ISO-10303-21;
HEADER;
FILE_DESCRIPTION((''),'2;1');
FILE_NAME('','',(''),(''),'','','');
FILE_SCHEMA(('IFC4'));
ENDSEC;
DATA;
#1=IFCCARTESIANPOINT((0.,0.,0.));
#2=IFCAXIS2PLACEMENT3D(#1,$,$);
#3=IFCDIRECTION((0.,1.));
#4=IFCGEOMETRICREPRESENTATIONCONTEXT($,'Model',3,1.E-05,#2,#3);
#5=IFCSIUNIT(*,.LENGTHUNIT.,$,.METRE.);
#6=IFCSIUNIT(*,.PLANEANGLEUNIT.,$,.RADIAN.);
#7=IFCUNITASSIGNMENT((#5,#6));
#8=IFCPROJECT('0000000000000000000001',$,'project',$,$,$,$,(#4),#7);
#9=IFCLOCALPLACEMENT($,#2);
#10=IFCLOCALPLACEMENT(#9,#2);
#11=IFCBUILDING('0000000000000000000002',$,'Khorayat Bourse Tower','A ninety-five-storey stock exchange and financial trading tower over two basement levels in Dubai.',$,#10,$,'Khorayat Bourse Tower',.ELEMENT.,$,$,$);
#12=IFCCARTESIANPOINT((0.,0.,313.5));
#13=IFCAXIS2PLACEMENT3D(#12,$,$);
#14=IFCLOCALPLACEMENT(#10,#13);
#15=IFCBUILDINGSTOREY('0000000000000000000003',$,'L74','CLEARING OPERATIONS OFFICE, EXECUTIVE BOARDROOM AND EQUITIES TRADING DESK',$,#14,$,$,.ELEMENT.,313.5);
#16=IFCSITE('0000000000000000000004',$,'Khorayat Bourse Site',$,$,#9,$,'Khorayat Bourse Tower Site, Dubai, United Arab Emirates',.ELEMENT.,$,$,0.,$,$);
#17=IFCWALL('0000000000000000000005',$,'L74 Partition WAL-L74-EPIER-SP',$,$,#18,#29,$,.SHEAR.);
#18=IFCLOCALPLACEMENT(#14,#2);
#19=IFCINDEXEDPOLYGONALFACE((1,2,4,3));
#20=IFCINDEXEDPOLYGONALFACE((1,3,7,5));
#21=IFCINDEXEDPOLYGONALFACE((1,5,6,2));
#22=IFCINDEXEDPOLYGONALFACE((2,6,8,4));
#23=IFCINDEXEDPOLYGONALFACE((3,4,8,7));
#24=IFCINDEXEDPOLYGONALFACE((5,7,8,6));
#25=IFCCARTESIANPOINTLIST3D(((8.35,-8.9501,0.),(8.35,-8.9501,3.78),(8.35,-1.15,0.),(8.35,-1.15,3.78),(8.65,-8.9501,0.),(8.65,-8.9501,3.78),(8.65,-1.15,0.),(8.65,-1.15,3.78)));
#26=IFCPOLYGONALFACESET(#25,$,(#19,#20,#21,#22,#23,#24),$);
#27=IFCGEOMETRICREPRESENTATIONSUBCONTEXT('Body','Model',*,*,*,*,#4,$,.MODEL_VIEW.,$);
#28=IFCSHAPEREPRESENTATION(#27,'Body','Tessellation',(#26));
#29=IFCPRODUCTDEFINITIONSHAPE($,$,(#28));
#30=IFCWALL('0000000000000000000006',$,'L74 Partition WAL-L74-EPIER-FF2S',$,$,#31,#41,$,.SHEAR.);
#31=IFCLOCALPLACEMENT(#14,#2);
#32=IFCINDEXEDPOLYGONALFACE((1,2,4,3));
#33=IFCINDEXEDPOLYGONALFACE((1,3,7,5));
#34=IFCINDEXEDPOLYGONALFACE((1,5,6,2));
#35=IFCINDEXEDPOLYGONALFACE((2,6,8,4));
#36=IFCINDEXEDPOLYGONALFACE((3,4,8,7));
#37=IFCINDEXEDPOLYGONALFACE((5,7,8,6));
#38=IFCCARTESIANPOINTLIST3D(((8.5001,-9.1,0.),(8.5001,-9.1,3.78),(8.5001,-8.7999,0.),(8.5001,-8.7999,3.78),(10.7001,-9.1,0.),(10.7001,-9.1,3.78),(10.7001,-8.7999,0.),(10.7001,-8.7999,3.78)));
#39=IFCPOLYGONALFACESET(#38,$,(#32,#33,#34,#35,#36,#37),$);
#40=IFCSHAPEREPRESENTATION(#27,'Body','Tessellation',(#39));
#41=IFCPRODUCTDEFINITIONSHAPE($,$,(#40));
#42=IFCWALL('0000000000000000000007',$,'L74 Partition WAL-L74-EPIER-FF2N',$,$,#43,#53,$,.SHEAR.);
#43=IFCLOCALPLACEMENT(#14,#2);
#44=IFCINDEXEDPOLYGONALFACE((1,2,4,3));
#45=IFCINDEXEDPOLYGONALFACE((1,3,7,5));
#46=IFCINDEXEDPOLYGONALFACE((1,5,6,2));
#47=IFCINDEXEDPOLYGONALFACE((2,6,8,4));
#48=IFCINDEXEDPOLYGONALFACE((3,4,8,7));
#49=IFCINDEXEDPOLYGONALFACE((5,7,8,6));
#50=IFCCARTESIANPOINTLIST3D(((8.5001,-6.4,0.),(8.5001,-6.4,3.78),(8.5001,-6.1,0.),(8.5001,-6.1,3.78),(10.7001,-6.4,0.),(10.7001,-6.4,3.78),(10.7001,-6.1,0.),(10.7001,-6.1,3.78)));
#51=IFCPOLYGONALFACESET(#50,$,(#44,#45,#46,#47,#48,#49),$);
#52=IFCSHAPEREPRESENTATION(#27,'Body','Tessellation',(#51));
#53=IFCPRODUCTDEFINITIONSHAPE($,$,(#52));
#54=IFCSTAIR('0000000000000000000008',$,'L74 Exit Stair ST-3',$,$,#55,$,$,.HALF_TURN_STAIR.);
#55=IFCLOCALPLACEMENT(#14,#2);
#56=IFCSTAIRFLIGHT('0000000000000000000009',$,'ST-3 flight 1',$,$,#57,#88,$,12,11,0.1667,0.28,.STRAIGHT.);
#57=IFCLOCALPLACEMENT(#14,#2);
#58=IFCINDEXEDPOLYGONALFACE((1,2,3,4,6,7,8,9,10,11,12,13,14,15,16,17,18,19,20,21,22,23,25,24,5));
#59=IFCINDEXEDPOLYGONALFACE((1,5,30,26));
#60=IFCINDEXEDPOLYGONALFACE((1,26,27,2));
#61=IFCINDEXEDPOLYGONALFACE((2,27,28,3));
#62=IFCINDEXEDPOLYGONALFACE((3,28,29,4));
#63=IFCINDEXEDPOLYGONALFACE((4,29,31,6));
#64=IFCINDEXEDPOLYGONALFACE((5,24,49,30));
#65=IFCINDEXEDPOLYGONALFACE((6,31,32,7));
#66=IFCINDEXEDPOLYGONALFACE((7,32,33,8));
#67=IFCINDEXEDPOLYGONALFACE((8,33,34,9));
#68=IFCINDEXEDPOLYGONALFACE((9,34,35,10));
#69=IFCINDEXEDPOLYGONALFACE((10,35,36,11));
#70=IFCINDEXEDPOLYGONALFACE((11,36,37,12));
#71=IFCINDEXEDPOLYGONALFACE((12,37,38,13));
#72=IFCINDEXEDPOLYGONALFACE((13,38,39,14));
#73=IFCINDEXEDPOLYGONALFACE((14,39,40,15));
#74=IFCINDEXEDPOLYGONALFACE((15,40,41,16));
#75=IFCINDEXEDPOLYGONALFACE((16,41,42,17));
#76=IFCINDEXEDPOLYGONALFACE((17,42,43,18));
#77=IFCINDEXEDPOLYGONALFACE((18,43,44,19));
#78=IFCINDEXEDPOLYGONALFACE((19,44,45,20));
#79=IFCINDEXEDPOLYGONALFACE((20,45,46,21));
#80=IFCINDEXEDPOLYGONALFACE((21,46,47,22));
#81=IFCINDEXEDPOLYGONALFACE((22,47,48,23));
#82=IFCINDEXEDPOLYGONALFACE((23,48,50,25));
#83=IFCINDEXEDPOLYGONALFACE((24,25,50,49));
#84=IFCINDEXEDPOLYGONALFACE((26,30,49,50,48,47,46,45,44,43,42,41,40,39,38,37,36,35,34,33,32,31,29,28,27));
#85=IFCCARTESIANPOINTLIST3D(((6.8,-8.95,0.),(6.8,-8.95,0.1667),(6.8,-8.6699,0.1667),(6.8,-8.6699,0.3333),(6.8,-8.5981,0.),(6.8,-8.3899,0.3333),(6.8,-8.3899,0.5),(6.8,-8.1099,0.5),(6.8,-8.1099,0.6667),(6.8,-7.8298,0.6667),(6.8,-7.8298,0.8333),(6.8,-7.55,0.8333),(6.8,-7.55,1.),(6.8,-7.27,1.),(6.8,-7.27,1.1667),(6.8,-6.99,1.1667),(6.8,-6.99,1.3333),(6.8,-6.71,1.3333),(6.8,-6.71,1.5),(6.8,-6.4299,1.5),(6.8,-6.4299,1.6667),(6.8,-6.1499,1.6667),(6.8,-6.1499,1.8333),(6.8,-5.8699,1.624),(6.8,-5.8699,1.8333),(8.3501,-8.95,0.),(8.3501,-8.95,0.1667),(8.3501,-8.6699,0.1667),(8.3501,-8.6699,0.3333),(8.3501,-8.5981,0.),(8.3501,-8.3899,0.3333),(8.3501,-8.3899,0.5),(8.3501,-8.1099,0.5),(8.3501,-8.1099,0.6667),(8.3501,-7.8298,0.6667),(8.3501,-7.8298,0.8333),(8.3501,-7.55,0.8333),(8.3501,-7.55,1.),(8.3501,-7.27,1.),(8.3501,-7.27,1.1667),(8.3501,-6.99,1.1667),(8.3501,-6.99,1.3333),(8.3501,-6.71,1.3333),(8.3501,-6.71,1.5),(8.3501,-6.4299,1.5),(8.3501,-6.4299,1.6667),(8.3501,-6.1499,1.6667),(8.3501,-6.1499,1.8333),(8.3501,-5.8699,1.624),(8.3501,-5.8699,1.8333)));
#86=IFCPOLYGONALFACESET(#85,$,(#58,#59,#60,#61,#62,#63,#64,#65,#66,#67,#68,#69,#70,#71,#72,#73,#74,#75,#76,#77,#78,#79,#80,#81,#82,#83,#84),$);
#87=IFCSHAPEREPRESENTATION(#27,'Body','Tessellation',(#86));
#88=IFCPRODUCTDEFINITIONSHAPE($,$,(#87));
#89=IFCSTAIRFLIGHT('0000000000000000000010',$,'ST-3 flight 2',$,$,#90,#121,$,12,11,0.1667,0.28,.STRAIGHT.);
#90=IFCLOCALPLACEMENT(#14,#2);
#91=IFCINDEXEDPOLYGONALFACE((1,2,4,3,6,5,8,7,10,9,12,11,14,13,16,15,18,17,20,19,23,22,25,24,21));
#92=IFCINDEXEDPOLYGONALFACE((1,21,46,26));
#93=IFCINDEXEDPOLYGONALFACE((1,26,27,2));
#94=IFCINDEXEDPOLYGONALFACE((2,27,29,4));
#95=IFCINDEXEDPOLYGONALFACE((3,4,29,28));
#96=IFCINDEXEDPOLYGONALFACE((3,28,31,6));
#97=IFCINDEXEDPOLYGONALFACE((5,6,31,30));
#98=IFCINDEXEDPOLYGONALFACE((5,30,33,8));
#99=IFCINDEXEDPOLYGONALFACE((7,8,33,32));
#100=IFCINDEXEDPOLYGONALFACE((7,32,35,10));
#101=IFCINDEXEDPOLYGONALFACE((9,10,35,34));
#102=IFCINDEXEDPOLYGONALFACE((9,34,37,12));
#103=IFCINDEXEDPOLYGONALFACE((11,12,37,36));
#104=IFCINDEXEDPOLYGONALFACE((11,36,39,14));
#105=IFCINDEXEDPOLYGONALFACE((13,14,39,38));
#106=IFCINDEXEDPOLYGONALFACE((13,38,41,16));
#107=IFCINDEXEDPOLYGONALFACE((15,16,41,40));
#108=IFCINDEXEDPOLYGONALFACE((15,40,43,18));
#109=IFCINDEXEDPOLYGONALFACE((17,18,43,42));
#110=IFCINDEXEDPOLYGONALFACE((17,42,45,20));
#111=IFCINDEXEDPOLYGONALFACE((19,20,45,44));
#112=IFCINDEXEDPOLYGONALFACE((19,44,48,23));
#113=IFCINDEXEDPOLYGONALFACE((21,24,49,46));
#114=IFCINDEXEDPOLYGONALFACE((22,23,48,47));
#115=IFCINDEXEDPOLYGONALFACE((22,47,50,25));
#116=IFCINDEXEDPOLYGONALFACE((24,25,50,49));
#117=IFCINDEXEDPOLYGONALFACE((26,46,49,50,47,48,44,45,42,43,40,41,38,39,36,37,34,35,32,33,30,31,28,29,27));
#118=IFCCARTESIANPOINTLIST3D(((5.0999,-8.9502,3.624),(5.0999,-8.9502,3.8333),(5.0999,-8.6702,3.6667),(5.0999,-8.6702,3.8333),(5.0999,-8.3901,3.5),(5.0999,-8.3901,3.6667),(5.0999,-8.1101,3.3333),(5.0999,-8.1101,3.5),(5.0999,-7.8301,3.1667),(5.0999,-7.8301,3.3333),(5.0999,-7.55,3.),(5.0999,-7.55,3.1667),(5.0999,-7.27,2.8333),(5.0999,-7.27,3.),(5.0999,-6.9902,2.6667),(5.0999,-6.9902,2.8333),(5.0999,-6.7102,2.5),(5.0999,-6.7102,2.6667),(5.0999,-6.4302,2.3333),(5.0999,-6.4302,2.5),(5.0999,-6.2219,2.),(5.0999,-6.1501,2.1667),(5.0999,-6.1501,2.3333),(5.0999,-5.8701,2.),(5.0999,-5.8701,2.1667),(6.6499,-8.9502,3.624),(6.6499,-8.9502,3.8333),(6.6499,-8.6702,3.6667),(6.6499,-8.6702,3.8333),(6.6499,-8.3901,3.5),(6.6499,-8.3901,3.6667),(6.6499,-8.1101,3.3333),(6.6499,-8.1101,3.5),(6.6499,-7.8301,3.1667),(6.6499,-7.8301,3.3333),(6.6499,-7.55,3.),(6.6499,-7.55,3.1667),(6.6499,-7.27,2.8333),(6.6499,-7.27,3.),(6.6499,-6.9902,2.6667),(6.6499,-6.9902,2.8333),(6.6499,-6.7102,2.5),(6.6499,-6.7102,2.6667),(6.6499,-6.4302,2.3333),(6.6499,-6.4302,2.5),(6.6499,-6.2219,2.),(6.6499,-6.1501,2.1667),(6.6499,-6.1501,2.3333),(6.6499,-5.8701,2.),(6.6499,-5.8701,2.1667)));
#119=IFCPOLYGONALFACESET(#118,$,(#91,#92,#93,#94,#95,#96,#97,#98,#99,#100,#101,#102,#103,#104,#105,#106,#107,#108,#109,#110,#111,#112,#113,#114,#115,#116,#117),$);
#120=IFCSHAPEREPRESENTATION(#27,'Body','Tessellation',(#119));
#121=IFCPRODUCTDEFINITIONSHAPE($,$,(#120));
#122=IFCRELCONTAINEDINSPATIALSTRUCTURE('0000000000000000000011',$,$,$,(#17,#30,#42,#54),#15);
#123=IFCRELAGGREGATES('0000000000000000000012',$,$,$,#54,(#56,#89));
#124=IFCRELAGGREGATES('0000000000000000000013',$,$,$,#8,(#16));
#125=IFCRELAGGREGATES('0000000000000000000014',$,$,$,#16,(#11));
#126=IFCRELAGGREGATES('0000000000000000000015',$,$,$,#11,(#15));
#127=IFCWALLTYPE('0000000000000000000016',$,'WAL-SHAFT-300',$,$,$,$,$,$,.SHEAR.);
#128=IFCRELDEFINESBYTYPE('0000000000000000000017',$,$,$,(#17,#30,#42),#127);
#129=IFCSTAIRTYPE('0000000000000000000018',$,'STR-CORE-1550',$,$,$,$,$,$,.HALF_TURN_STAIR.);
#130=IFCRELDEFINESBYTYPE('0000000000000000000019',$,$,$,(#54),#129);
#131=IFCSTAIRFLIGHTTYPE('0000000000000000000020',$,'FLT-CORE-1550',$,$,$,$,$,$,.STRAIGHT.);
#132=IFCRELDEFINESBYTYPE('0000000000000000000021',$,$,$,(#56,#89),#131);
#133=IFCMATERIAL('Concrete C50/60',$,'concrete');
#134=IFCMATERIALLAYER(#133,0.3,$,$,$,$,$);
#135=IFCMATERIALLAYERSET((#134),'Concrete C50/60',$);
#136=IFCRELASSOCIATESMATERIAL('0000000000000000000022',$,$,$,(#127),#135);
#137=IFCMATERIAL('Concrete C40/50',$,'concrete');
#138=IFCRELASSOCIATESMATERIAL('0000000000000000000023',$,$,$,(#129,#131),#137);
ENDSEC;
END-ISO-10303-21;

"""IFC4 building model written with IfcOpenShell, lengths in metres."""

from ifc_helpers import new_model, si_unit, direction, frame, frame_2d, origin, place, context, subcontext, project, spatial, polyline, rectangle, outline, extrude, source, transform, mapped, material, layer, layer_set, type_object, element, aggregate, save


model = new_model("IFC4")

# Units and contexts
model_context = context("Model", 3, precision=1e-05, world=origin(), true_north=direction((0.0, 1.0)))
body_context = subcontext(model_context, "Body", "Model", "MODEL_VIEW")
ifc_project = project(units=[si_unit("LENGTHUNIT", "METRE"), si_unit("PLANEANGLEUNIT", "RADIAN")], contexts=[model_context])

# Site, building, storey
site_placement = place(None, origin())
site = spatial("IfcSite", under=ifc_project, at=site_placement, Name="Khorayat Bourse Site", LongName="Khorayat Bourse Tower Site, Dubai, United Arab Emirates", CompositionType="ELEMENT", RefElevation=0.0)
building_placement = place(site_placement, origin())
building = spatial("IfcBuilding", under=site, at=building_placement, Name="Khorayat Bourse Tower", Description="A ninety-five-storey stock exchange and financial trading tower over two basement levels in Dubai.", LongName="Khorayat Bourse Tower", CompositionType="ELEMENT")
storey_placement = place(building_placement, frame((0.0, 0.0, 313.5)))
storey = spatial("IfcBuildingStorey", under=building, at=storey_placement, Name="L74", Description="CLEARING OPERATIONS OFFICE, EXECUTIVE BOARDROOM AND EQUITIES TRADING DESK", CompositionType="ELEMENT", Elevation=313.5)

# Walls
ifc_material_1 = material(Name="Concrete C50/60", Category="concrete")
ifc_layer_1 = layer(ifc_material_1, 0.3)
ifc_layer_set_1 = layer_set([ifc_layer_1], Name="Concrete C50/60")
wall_type_1 = type_object("IfcWallType", Name="WAL-SHAFT-300", PredefinedType="SHEAR", material=ifc_layer_set_1)
shared_shape_1 = source(origin(), body_context, "Body", "SweptSolid", [
    extrude(rectangle(XDim=7.8, YDim=0.3, at=frame_2d((3.8999, 0.0))), origin(), (0.0, 0.0, 1.0), 3.78),
])
wall_1_placement = place(storey_placement, frame((8.5, -8.95, 0.0), z_axis=(0.0, 0.0, 1.0), x_axis=(0.0, 1.0, 0.0)))
element("IfcWall", 1, at=wall_1_placement, inside=storey, type_object=wall_type_1, Name="L74 Partition WAL-L74-EPIER-SP", PredefinedType="SHEAR", context=body_context, shape_type="MappedRepresentation", body=[
    mapped(shared_shape_1, transform((0.0, 0.0, 0.0), scale=1.0)),
])
shared_shape_2 = source(origin(), body_context, "Body", "SweptSolid", [
    extrude(rectangle(XDim=2.2, YDim=0.3, at=frame_2d((1.1001, 0.0))), origin(), (0.0, 0.0, 1.0), 3.78),
])
for number, where, z_axis, x_axis, name in (
    (2, (8.5, -8.95, 0.0), (0.0, 0.0, 1.0), (1.0, 0.0, 0.0), "L74 Partition WAL-L74-EPIER-FF2S"),
    (3, (8.5, -6.25, 0.0), (0.0, 0.0, 1.0), (1.0, 0.0, 0.0), "L74 Partition WAL-L74-EPIER-FF2N"),
):
    element("IfcWall", number, at=place(storey_placement, frame(where, z_axis=z_axis, x_axis=x_axis)), inside=storey, type_object=wall_type_1, Name=name, PredefinedType="SHEAR", context=body_context, shape_type="MappedRepresentation", body=[
        mapped(shared_shape_2, transform((0.0, 0.0, 0.0), scale=1.0)),
    ])

# Stair, stair flights
ifc_material_2 = material(Name="Concrete C40/50", Category="concrete")
stair_type = type_object("IfcStairType", Name="STR-CORE-1550", PredefinedType="HALF_TURN_STAIR", material=ifc_material_2)
stair_placement = place(storey_placement, origin())
stair = element("IfcStair", 4, at=stair_placement, inside=storey, type_object=stair_type, Name="L74 Exit Stair ST-3", PredefinedType="HALF_TURN_STAIR")
stair_flight_type = type_object("IfcStairFlightType", Name="FLT-CORE-1550", PredefinedType="STRAIGHT", material=ifc_material_2)
shared_shape_3 = source(origin(), body_context, "Body", "SweptSolid", [
    extrude(outline(polyline([(0.0, 0.0), (0.0, 0.1667), (0.28, 0.1667), (0.28, 0.3333), (0.5601, 0.3333), (0.5601, 0.5), (0.8401, 0.5), (0.8401, 0.6667), (1.1201, 0.6667), (1.1201, 0.8333), (1.3999, 0.8333), (1.3999, 1.0), (1.6799, 1.0), (1.6799, 1.1667), (1.96, 1.1667), (1.96, 1.3333), (2.24, 1.3333), (2.24, 1.5), (2.52, 1.5), (2.52, 1.6667), (2.8, 1.6667), (2.8, 1.8333), (3.0801, 1.8333), (3.0801, 2.0), (3.0801, 1.624), (0.3518, 0.0), (0.0, 0.0)])), frame((0.0, 0.7749, 0.0), z_axis=(0.0, -1.0, 0.0), x_axis=(1.0, 0.0, 0.0)), (0.0, 0.0, 1.0), 1.55),
])
stair_flight_1_placement = place(storey_placement, frame((7.575, -8.95, 0.0), z_axis=(0.0, 0.0, 1.0), x_axis=(0.0, 1.0, 0.0)))
stair_flight_1 = element("IfcStairFlight", 5, at=stair_flight_1_placement, type_object=stair_flight_type, Name="ST-3 flight 1", NumberOfRisers=12, NumberOfTreads=11, PredefinedType="STRAIGHT", RiserHeight=0.1667, TreadLength=0.28, context=body_context, shape_type="MappedRepresentation", body=[
    mapped(shared_shape_3, transform((0.0, 0.0, 0.0), scale=1.0)),
])
stair_flight_2_placement = place(storey_placement, frame((5.875, -5.8701, 2.0), z_axis=(0.0, 0.0, 1.0), x_axis=(0.0, -1.0, 0.0)))
stair_flight_2 = element("IfcStairFlight", 6, at=stair_flight_2_placement, type_object=stair_flight_type, Name="ST-3 flight 2", NumberOfRisers=12, NumberOfTreads=11, PredefinedType="STRAIGHT", RiserHeight=0.1667, TreadLength=0.28, context=body_context, shape_type="MappedRepresentation", body=[
    mapped(shared_shape_3, transform((0.0, 0.0, 0.0), scale=1.0)),
])
aggregate(stair, [stair_flight_1, stair_flight_2])

save(model, "model.ifc")
